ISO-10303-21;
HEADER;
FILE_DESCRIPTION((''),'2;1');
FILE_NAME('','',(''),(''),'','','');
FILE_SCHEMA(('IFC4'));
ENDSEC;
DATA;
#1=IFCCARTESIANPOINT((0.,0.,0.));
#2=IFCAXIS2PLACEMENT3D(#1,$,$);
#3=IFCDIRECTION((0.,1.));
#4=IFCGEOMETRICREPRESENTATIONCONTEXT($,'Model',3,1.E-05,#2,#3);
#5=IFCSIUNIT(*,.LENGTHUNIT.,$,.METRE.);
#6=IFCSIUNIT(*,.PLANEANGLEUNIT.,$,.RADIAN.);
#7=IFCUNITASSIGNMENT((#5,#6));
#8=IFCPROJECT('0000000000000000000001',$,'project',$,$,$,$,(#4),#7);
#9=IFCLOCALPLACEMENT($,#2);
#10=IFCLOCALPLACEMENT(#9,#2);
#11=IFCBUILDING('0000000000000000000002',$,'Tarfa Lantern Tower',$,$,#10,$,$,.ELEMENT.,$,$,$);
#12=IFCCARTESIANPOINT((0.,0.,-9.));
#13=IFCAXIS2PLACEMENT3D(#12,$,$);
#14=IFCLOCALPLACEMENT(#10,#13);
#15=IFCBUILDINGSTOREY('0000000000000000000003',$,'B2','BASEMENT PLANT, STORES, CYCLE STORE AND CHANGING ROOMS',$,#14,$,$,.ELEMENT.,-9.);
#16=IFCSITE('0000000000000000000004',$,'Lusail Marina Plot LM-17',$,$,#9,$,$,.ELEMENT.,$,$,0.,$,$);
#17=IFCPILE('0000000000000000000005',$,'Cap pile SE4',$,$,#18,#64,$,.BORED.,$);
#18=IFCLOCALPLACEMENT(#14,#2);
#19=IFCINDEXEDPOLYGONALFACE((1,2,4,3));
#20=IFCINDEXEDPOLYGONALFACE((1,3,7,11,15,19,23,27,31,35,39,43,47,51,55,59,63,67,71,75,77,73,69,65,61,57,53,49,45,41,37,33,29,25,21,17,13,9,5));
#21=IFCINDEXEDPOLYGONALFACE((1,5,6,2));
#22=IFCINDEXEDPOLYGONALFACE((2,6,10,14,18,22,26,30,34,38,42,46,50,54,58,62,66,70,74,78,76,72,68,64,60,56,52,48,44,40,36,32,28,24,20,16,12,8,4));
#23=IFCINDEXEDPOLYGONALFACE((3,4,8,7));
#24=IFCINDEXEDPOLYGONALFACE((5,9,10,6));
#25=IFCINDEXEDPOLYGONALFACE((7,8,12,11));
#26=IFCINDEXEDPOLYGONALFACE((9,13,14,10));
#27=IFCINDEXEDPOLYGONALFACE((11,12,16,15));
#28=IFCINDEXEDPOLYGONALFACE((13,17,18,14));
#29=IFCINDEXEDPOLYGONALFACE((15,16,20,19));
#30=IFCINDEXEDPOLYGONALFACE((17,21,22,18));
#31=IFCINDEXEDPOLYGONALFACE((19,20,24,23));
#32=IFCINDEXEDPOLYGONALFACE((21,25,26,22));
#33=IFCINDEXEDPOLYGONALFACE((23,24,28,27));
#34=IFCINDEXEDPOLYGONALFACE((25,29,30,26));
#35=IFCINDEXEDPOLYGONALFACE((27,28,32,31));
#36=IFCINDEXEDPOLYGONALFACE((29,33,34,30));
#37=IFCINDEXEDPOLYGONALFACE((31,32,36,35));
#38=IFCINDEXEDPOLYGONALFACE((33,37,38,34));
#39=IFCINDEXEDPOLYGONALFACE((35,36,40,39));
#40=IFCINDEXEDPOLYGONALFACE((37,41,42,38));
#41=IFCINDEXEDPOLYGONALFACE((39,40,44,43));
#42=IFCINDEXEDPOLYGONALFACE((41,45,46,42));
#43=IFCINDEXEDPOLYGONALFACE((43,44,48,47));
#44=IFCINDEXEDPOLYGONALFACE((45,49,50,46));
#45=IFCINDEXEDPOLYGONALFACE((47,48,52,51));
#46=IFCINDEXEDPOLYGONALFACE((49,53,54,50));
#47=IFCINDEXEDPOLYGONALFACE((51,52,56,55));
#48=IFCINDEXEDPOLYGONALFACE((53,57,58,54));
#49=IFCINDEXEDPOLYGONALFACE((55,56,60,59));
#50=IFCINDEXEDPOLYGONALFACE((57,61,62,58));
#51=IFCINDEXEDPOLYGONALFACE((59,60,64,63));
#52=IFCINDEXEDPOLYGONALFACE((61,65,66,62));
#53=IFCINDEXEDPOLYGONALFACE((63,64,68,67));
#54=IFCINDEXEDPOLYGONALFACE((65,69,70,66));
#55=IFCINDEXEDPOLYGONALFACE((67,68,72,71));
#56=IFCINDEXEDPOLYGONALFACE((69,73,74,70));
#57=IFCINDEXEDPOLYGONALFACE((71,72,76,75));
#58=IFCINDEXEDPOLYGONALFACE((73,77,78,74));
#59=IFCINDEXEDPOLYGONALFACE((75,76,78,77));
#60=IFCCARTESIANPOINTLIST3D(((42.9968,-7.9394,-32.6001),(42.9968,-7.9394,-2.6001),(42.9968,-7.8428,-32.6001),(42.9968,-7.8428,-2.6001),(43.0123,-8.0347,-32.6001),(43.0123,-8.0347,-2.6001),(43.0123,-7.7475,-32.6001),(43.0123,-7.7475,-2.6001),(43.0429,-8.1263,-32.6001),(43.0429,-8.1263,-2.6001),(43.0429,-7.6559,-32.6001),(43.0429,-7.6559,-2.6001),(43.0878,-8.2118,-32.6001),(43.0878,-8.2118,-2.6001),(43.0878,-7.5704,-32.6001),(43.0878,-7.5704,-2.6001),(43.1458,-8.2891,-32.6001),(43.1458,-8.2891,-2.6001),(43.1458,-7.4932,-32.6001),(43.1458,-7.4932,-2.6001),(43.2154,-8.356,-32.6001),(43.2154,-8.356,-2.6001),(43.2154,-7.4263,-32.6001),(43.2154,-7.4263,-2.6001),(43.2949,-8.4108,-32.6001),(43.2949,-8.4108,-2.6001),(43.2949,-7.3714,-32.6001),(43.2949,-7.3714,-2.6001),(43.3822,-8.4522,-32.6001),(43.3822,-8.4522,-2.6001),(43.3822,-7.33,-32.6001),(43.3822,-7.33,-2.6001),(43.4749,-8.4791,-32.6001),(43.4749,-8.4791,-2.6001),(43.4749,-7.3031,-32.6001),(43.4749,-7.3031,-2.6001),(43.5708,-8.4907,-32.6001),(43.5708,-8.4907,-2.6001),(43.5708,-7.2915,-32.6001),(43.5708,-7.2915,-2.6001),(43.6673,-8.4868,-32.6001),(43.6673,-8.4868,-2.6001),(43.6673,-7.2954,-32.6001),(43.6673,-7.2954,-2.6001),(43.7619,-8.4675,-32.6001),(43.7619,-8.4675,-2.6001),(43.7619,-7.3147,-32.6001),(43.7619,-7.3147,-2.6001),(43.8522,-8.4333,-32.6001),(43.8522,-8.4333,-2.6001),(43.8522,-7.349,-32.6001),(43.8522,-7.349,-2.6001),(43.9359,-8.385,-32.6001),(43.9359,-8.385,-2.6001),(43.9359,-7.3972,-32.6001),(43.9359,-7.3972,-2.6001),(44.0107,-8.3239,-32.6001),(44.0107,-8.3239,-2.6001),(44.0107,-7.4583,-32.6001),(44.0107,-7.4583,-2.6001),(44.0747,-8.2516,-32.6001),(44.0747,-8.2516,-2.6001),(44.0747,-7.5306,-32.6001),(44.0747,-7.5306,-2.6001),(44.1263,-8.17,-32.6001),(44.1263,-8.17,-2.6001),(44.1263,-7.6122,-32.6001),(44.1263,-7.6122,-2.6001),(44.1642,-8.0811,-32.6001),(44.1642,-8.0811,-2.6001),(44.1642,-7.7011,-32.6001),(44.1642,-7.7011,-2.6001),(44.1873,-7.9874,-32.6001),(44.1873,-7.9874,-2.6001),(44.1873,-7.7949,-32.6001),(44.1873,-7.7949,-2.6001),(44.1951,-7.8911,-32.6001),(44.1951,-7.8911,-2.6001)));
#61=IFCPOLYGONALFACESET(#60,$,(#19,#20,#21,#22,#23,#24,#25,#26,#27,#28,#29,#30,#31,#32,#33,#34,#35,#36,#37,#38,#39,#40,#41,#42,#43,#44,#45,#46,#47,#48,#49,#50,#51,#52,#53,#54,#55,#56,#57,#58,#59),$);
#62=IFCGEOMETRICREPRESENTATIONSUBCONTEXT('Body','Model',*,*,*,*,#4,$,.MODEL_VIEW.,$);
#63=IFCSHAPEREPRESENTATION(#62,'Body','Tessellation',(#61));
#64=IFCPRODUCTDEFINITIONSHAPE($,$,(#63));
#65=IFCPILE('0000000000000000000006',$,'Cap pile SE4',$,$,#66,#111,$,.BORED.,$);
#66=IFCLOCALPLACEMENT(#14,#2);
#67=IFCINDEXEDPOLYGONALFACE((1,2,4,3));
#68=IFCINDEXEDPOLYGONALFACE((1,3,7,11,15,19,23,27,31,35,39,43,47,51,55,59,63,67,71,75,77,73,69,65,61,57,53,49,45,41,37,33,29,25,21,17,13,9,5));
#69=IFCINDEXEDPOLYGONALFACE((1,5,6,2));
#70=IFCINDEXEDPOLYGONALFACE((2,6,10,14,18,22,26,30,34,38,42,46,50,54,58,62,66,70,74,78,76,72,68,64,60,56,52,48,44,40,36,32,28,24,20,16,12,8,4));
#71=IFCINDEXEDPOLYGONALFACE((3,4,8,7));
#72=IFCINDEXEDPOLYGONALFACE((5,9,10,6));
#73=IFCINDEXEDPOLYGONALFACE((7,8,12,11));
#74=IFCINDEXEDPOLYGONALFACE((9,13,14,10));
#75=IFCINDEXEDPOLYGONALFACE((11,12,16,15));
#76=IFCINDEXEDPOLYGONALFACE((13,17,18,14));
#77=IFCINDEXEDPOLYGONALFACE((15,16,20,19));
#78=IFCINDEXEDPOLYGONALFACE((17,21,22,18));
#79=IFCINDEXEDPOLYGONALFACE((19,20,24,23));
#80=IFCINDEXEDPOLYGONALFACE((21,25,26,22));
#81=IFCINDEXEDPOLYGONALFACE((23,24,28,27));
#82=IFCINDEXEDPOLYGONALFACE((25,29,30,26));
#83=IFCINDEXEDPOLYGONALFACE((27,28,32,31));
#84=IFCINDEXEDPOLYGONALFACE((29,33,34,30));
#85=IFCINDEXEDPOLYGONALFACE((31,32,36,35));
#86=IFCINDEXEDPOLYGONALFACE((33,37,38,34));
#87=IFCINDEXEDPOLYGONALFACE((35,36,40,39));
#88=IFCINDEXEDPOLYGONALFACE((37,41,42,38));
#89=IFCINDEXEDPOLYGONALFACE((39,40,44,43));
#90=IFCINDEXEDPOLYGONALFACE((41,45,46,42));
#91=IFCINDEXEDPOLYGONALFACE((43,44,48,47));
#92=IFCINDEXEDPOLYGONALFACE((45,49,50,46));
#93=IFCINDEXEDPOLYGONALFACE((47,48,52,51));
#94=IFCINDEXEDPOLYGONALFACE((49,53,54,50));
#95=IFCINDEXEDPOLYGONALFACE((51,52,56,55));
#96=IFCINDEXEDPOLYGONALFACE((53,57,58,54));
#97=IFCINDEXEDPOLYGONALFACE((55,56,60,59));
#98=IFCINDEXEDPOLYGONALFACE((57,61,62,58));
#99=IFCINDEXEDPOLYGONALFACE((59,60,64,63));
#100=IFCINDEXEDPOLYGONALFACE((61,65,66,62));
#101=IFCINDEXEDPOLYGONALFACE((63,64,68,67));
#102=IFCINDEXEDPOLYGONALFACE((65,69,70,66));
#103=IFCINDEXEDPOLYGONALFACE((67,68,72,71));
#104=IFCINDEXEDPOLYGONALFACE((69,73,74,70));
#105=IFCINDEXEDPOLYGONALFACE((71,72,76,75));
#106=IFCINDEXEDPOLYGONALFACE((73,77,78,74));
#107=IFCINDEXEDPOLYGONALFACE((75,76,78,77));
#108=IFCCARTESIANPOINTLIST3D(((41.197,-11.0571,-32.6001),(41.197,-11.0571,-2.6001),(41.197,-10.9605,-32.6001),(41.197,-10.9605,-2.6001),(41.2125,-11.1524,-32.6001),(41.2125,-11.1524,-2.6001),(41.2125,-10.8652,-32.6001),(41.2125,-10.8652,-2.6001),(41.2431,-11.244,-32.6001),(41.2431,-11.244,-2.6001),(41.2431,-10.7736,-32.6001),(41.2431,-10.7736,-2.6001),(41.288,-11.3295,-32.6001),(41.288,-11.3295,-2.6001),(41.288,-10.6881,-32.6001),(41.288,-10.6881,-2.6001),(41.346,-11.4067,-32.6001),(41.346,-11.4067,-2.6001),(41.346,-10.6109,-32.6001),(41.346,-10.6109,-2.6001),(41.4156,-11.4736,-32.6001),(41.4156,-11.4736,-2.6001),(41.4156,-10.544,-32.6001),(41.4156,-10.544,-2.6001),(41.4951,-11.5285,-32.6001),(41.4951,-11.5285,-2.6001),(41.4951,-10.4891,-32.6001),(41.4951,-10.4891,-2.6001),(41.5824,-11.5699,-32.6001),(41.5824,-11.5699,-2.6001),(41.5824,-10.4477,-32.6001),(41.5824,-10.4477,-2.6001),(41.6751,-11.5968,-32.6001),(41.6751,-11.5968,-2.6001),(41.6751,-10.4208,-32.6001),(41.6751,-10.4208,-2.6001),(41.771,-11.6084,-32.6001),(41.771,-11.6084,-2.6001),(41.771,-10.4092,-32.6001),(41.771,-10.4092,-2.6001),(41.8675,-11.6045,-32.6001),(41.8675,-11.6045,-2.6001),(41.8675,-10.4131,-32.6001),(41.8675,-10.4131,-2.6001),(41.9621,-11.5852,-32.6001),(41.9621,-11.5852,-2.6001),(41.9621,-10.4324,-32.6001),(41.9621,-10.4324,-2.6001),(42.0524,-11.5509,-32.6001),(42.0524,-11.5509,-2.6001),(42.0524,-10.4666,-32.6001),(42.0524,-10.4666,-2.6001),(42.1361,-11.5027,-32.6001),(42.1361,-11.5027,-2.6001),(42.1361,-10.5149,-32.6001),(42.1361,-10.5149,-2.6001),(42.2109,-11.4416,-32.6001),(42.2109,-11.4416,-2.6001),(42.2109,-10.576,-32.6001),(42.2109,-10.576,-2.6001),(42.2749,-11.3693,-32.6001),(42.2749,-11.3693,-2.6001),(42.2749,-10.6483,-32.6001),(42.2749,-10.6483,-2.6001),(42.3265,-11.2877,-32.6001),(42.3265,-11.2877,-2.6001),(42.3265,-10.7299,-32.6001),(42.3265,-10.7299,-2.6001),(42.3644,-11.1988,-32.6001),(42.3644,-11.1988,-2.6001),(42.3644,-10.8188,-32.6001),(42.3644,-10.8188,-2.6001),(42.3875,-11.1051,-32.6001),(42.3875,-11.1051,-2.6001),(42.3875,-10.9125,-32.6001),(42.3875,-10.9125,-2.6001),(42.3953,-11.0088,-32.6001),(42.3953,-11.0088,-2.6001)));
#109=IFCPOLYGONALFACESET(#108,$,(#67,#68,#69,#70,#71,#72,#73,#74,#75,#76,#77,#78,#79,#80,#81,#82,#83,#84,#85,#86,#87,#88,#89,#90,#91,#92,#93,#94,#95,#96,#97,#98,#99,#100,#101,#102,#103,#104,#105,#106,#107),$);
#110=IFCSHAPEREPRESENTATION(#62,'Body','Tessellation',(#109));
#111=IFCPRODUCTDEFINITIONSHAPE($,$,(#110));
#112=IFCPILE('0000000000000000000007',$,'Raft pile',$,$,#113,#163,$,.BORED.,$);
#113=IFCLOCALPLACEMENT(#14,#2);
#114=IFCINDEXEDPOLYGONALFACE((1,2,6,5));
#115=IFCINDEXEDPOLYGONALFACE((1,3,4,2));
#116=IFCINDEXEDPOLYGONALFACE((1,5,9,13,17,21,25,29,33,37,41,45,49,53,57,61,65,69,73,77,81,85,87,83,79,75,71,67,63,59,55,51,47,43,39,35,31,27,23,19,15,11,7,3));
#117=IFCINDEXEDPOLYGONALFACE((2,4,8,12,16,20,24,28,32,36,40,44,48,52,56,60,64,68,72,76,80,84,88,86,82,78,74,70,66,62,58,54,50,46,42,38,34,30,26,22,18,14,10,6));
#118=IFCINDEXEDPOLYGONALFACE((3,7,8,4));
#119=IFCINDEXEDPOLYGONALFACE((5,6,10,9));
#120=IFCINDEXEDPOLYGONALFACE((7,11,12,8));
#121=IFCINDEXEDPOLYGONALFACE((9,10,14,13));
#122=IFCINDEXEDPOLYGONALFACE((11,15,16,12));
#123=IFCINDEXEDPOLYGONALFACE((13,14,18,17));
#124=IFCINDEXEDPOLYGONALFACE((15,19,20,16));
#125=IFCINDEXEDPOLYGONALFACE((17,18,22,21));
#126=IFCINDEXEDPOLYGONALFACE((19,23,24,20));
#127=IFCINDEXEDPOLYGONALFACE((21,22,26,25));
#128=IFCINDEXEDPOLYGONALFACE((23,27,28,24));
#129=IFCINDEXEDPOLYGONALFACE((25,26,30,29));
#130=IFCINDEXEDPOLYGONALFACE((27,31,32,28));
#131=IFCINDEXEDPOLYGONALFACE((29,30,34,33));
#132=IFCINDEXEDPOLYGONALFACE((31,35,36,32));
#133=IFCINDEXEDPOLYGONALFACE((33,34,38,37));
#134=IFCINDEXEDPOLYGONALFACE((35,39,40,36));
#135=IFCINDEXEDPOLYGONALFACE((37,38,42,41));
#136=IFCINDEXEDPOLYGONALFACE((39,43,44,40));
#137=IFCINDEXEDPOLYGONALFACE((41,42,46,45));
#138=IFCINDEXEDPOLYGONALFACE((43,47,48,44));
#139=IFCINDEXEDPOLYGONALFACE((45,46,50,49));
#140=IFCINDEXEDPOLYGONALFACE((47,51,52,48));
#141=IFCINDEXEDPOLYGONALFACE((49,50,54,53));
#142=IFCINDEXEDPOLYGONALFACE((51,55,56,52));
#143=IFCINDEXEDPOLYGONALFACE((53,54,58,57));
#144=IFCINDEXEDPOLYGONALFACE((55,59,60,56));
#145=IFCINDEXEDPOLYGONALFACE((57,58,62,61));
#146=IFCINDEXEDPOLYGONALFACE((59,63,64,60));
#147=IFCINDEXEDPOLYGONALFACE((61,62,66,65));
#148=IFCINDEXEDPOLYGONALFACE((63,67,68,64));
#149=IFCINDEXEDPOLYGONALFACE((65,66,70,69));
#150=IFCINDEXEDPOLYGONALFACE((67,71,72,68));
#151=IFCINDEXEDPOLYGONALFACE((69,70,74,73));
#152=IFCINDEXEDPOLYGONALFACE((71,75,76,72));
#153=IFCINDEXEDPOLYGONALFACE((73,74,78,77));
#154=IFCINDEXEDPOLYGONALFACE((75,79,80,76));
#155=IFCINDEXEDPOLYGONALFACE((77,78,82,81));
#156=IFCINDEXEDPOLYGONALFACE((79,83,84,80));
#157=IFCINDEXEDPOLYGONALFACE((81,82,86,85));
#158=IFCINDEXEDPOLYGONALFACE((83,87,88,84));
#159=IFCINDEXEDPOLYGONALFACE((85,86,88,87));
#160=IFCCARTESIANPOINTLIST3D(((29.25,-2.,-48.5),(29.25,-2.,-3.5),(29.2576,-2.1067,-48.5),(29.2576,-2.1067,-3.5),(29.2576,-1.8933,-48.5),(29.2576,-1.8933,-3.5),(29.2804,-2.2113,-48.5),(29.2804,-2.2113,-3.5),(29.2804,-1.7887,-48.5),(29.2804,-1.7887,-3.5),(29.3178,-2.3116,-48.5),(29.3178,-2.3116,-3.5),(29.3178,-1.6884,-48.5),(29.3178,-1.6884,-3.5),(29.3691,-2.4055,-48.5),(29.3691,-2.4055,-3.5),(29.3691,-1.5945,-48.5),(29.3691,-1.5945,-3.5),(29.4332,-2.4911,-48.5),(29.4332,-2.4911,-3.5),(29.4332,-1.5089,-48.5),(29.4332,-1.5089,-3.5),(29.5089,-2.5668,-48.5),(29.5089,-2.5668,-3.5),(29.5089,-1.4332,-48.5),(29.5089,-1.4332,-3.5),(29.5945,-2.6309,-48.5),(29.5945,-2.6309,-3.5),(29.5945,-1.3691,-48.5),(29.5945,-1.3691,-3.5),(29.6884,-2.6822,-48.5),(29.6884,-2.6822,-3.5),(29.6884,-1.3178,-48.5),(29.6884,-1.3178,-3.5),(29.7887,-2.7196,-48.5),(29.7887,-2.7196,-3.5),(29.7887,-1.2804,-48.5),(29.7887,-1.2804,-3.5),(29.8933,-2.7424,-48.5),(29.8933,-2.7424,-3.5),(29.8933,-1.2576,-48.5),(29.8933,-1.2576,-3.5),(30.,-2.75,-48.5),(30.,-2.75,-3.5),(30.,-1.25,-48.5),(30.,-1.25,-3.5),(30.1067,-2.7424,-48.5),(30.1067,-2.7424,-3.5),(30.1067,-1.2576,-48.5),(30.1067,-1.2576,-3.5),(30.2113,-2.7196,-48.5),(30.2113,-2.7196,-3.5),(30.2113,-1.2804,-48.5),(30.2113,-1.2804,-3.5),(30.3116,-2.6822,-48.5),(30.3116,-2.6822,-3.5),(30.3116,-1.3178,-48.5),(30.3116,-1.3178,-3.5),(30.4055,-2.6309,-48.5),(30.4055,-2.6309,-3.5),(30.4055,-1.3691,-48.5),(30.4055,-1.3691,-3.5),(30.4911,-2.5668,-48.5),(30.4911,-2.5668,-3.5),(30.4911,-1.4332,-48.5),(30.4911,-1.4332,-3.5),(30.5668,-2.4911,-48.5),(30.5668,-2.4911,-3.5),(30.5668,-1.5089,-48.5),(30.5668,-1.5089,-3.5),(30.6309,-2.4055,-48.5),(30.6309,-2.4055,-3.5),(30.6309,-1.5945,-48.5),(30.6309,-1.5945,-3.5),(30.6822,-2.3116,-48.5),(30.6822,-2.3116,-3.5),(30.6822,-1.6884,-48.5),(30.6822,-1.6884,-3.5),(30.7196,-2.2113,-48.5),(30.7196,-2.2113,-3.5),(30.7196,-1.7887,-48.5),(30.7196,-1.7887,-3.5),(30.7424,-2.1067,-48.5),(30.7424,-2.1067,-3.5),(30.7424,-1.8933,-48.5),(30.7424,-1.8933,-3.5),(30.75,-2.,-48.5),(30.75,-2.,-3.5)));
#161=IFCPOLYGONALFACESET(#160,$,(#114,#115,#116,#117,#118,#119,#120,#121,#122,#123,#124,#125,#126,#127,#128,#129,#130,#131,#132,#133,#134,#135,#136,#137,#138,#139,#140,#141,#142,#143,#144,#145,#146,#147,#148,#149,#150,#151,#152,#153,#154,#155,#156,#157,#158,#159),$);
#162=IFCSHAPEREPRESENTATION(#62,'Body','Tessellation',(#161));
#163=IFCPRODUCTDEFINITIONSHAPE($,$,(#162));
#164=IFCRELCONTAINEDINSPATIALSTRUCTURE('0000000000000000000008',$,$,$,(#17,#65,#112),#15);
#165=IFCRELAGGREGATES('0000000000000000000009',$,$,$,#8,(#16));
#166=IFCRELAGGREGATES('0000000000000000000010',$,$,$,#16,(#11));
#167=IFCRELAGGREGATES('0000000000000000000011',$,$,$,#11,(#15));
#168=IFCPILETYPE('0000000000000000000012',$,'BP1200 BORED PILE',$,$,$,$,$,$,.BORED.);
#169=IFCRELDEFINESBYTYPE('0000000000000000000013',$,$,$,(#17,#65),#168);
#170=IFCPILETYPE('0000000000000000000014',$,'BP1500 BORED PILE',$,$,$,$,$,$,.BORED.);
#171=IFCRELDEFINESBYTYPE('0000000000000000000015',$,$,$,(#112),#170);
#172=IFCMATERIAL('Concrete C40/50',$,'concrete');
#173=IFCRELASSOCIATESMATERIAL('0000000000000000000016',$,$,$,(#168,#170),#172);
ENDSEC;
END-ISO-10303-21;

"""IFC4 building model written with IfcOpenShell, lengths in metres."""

from ifc_helpers import new_model, si_unit, direction, frame, origin, origin_2d, place, context, subcontext, project, spatial, circle, extrude, material, material_profile, profile_set, type_object, element, save


model = new_model("IFC4")

# Units and contexts
model_context = context("Model", 3, precision=1e-05, world=origin(), true_north=direction((0.0, 1.0)))
body_context = subcontext(model_context, "Body", "Model", "MODEL_VIEW")
ifc_project = project(units=[si_unit("LENGTHUNIT", "METRE"), si_unit("PLANEANGLEUNIT", "RADIAN")], contexts=[model_context])

# Site, building, storey
site_placement = place(None, origin())
site = spatial("IfcSite", under=ifc_project, at=site_placement, Name="Lusail Marina Plot LM-17", CompositionType="ELEMENT", RefElevation=0.0)
building_placement = place(site_placement, origin())
building = spatial("IfcBuilding", under=site, at=building_placement, Name="Tarfa Lantern Tower", CompositionType="ELEMENT")
storey_placement = place(building_placement, frame((0.0, 0.0, -9.0)))
storey = spatial("IfcBuildingStorey", under=building, at=storey_placement, Name="B2", Description="BASEMENT PLANT, STORES, CYCLE STORE AND CHANGING ROOMS", CompositionType="ELEMENT", Elevation=-9.0)

# Piles
ifc_material_1 = material(Name="Concrete C40/50", Category="concrete")
ifc_material_profile_1 = material_profile(ifc_material_1, circle(Radius=0.6001, at=origin_2d()), Name="BORED PILE D1200")
ifc_profile_set_1 = profile_set([ifc_material_profile_1], Name="Concrete C40/50")
pile_type_1 = type_object("IfcPileType", Name="BP1200 BORED PILE", PredefinedType="BORED", material=ifc_profile_set_1)
for number, where, z_axis, x_axis, name in (
    (1, (43.595, -7.8911, -2.6001), (0.0, 0.0, -1.0), (1.0, 0.0, 0.0), "Cap pile SE4"),
    (2, (41.7952, -11.0088, -2.6001), (0.0, 0.0, -1.0), (1.0, 0.0, 0.0), "Cap pile SE4"),
):
    element("IfcPile", number, at=place(storey_placement, frame(where, z_axis=z_axis, x_axis=x_axis)), inside=storey, type_object=pile_type_1, Name=name, PredefinedType="BORED", context=body_context, shape_type="SweptSolid", body=[
        extrude(circle(Radius=0.6001, at=origin_2d()), origin(), (0.0, 0.0, 1.0), 30.0),
    ])
ifc_material_profile_2 = material_profile(ifc_material_1, circle(Radius=0.75, at=origin_2d()), Name="BORED PILE D1500")
ifc_profile_set_2 = profile_set([ifc_material_profile_2], Name="Concrete C40/50")
pile_type_2 = type_object("IfcPileType", Name="BP1500 BORED PILE", PredefinedType="BORED", material=ifc_profile_set_2)
for number, where, z_axis, x_axis, name in (
    (3, (30.0, -2.0, -3.5), (0.0, 0.0, -1.0), (1.0, 0.0, 0.0), "Raft pile"),
):
    element("IfcPile", number, at=place(storey_placement, frame(where, z_axis=z_axis, x_axis=x_axis)), inside=storey, type_object=pile_type_2, Name=name, PredefinedType="BORED", context=body_context, shape_type="SweptSolid", body=[
        extrude(circle(Radius=0.75, at=origin_2d()), origin(), (0.0, 0.0, 1.0), 45.0),
    ])

save(model, "model.ifc")
